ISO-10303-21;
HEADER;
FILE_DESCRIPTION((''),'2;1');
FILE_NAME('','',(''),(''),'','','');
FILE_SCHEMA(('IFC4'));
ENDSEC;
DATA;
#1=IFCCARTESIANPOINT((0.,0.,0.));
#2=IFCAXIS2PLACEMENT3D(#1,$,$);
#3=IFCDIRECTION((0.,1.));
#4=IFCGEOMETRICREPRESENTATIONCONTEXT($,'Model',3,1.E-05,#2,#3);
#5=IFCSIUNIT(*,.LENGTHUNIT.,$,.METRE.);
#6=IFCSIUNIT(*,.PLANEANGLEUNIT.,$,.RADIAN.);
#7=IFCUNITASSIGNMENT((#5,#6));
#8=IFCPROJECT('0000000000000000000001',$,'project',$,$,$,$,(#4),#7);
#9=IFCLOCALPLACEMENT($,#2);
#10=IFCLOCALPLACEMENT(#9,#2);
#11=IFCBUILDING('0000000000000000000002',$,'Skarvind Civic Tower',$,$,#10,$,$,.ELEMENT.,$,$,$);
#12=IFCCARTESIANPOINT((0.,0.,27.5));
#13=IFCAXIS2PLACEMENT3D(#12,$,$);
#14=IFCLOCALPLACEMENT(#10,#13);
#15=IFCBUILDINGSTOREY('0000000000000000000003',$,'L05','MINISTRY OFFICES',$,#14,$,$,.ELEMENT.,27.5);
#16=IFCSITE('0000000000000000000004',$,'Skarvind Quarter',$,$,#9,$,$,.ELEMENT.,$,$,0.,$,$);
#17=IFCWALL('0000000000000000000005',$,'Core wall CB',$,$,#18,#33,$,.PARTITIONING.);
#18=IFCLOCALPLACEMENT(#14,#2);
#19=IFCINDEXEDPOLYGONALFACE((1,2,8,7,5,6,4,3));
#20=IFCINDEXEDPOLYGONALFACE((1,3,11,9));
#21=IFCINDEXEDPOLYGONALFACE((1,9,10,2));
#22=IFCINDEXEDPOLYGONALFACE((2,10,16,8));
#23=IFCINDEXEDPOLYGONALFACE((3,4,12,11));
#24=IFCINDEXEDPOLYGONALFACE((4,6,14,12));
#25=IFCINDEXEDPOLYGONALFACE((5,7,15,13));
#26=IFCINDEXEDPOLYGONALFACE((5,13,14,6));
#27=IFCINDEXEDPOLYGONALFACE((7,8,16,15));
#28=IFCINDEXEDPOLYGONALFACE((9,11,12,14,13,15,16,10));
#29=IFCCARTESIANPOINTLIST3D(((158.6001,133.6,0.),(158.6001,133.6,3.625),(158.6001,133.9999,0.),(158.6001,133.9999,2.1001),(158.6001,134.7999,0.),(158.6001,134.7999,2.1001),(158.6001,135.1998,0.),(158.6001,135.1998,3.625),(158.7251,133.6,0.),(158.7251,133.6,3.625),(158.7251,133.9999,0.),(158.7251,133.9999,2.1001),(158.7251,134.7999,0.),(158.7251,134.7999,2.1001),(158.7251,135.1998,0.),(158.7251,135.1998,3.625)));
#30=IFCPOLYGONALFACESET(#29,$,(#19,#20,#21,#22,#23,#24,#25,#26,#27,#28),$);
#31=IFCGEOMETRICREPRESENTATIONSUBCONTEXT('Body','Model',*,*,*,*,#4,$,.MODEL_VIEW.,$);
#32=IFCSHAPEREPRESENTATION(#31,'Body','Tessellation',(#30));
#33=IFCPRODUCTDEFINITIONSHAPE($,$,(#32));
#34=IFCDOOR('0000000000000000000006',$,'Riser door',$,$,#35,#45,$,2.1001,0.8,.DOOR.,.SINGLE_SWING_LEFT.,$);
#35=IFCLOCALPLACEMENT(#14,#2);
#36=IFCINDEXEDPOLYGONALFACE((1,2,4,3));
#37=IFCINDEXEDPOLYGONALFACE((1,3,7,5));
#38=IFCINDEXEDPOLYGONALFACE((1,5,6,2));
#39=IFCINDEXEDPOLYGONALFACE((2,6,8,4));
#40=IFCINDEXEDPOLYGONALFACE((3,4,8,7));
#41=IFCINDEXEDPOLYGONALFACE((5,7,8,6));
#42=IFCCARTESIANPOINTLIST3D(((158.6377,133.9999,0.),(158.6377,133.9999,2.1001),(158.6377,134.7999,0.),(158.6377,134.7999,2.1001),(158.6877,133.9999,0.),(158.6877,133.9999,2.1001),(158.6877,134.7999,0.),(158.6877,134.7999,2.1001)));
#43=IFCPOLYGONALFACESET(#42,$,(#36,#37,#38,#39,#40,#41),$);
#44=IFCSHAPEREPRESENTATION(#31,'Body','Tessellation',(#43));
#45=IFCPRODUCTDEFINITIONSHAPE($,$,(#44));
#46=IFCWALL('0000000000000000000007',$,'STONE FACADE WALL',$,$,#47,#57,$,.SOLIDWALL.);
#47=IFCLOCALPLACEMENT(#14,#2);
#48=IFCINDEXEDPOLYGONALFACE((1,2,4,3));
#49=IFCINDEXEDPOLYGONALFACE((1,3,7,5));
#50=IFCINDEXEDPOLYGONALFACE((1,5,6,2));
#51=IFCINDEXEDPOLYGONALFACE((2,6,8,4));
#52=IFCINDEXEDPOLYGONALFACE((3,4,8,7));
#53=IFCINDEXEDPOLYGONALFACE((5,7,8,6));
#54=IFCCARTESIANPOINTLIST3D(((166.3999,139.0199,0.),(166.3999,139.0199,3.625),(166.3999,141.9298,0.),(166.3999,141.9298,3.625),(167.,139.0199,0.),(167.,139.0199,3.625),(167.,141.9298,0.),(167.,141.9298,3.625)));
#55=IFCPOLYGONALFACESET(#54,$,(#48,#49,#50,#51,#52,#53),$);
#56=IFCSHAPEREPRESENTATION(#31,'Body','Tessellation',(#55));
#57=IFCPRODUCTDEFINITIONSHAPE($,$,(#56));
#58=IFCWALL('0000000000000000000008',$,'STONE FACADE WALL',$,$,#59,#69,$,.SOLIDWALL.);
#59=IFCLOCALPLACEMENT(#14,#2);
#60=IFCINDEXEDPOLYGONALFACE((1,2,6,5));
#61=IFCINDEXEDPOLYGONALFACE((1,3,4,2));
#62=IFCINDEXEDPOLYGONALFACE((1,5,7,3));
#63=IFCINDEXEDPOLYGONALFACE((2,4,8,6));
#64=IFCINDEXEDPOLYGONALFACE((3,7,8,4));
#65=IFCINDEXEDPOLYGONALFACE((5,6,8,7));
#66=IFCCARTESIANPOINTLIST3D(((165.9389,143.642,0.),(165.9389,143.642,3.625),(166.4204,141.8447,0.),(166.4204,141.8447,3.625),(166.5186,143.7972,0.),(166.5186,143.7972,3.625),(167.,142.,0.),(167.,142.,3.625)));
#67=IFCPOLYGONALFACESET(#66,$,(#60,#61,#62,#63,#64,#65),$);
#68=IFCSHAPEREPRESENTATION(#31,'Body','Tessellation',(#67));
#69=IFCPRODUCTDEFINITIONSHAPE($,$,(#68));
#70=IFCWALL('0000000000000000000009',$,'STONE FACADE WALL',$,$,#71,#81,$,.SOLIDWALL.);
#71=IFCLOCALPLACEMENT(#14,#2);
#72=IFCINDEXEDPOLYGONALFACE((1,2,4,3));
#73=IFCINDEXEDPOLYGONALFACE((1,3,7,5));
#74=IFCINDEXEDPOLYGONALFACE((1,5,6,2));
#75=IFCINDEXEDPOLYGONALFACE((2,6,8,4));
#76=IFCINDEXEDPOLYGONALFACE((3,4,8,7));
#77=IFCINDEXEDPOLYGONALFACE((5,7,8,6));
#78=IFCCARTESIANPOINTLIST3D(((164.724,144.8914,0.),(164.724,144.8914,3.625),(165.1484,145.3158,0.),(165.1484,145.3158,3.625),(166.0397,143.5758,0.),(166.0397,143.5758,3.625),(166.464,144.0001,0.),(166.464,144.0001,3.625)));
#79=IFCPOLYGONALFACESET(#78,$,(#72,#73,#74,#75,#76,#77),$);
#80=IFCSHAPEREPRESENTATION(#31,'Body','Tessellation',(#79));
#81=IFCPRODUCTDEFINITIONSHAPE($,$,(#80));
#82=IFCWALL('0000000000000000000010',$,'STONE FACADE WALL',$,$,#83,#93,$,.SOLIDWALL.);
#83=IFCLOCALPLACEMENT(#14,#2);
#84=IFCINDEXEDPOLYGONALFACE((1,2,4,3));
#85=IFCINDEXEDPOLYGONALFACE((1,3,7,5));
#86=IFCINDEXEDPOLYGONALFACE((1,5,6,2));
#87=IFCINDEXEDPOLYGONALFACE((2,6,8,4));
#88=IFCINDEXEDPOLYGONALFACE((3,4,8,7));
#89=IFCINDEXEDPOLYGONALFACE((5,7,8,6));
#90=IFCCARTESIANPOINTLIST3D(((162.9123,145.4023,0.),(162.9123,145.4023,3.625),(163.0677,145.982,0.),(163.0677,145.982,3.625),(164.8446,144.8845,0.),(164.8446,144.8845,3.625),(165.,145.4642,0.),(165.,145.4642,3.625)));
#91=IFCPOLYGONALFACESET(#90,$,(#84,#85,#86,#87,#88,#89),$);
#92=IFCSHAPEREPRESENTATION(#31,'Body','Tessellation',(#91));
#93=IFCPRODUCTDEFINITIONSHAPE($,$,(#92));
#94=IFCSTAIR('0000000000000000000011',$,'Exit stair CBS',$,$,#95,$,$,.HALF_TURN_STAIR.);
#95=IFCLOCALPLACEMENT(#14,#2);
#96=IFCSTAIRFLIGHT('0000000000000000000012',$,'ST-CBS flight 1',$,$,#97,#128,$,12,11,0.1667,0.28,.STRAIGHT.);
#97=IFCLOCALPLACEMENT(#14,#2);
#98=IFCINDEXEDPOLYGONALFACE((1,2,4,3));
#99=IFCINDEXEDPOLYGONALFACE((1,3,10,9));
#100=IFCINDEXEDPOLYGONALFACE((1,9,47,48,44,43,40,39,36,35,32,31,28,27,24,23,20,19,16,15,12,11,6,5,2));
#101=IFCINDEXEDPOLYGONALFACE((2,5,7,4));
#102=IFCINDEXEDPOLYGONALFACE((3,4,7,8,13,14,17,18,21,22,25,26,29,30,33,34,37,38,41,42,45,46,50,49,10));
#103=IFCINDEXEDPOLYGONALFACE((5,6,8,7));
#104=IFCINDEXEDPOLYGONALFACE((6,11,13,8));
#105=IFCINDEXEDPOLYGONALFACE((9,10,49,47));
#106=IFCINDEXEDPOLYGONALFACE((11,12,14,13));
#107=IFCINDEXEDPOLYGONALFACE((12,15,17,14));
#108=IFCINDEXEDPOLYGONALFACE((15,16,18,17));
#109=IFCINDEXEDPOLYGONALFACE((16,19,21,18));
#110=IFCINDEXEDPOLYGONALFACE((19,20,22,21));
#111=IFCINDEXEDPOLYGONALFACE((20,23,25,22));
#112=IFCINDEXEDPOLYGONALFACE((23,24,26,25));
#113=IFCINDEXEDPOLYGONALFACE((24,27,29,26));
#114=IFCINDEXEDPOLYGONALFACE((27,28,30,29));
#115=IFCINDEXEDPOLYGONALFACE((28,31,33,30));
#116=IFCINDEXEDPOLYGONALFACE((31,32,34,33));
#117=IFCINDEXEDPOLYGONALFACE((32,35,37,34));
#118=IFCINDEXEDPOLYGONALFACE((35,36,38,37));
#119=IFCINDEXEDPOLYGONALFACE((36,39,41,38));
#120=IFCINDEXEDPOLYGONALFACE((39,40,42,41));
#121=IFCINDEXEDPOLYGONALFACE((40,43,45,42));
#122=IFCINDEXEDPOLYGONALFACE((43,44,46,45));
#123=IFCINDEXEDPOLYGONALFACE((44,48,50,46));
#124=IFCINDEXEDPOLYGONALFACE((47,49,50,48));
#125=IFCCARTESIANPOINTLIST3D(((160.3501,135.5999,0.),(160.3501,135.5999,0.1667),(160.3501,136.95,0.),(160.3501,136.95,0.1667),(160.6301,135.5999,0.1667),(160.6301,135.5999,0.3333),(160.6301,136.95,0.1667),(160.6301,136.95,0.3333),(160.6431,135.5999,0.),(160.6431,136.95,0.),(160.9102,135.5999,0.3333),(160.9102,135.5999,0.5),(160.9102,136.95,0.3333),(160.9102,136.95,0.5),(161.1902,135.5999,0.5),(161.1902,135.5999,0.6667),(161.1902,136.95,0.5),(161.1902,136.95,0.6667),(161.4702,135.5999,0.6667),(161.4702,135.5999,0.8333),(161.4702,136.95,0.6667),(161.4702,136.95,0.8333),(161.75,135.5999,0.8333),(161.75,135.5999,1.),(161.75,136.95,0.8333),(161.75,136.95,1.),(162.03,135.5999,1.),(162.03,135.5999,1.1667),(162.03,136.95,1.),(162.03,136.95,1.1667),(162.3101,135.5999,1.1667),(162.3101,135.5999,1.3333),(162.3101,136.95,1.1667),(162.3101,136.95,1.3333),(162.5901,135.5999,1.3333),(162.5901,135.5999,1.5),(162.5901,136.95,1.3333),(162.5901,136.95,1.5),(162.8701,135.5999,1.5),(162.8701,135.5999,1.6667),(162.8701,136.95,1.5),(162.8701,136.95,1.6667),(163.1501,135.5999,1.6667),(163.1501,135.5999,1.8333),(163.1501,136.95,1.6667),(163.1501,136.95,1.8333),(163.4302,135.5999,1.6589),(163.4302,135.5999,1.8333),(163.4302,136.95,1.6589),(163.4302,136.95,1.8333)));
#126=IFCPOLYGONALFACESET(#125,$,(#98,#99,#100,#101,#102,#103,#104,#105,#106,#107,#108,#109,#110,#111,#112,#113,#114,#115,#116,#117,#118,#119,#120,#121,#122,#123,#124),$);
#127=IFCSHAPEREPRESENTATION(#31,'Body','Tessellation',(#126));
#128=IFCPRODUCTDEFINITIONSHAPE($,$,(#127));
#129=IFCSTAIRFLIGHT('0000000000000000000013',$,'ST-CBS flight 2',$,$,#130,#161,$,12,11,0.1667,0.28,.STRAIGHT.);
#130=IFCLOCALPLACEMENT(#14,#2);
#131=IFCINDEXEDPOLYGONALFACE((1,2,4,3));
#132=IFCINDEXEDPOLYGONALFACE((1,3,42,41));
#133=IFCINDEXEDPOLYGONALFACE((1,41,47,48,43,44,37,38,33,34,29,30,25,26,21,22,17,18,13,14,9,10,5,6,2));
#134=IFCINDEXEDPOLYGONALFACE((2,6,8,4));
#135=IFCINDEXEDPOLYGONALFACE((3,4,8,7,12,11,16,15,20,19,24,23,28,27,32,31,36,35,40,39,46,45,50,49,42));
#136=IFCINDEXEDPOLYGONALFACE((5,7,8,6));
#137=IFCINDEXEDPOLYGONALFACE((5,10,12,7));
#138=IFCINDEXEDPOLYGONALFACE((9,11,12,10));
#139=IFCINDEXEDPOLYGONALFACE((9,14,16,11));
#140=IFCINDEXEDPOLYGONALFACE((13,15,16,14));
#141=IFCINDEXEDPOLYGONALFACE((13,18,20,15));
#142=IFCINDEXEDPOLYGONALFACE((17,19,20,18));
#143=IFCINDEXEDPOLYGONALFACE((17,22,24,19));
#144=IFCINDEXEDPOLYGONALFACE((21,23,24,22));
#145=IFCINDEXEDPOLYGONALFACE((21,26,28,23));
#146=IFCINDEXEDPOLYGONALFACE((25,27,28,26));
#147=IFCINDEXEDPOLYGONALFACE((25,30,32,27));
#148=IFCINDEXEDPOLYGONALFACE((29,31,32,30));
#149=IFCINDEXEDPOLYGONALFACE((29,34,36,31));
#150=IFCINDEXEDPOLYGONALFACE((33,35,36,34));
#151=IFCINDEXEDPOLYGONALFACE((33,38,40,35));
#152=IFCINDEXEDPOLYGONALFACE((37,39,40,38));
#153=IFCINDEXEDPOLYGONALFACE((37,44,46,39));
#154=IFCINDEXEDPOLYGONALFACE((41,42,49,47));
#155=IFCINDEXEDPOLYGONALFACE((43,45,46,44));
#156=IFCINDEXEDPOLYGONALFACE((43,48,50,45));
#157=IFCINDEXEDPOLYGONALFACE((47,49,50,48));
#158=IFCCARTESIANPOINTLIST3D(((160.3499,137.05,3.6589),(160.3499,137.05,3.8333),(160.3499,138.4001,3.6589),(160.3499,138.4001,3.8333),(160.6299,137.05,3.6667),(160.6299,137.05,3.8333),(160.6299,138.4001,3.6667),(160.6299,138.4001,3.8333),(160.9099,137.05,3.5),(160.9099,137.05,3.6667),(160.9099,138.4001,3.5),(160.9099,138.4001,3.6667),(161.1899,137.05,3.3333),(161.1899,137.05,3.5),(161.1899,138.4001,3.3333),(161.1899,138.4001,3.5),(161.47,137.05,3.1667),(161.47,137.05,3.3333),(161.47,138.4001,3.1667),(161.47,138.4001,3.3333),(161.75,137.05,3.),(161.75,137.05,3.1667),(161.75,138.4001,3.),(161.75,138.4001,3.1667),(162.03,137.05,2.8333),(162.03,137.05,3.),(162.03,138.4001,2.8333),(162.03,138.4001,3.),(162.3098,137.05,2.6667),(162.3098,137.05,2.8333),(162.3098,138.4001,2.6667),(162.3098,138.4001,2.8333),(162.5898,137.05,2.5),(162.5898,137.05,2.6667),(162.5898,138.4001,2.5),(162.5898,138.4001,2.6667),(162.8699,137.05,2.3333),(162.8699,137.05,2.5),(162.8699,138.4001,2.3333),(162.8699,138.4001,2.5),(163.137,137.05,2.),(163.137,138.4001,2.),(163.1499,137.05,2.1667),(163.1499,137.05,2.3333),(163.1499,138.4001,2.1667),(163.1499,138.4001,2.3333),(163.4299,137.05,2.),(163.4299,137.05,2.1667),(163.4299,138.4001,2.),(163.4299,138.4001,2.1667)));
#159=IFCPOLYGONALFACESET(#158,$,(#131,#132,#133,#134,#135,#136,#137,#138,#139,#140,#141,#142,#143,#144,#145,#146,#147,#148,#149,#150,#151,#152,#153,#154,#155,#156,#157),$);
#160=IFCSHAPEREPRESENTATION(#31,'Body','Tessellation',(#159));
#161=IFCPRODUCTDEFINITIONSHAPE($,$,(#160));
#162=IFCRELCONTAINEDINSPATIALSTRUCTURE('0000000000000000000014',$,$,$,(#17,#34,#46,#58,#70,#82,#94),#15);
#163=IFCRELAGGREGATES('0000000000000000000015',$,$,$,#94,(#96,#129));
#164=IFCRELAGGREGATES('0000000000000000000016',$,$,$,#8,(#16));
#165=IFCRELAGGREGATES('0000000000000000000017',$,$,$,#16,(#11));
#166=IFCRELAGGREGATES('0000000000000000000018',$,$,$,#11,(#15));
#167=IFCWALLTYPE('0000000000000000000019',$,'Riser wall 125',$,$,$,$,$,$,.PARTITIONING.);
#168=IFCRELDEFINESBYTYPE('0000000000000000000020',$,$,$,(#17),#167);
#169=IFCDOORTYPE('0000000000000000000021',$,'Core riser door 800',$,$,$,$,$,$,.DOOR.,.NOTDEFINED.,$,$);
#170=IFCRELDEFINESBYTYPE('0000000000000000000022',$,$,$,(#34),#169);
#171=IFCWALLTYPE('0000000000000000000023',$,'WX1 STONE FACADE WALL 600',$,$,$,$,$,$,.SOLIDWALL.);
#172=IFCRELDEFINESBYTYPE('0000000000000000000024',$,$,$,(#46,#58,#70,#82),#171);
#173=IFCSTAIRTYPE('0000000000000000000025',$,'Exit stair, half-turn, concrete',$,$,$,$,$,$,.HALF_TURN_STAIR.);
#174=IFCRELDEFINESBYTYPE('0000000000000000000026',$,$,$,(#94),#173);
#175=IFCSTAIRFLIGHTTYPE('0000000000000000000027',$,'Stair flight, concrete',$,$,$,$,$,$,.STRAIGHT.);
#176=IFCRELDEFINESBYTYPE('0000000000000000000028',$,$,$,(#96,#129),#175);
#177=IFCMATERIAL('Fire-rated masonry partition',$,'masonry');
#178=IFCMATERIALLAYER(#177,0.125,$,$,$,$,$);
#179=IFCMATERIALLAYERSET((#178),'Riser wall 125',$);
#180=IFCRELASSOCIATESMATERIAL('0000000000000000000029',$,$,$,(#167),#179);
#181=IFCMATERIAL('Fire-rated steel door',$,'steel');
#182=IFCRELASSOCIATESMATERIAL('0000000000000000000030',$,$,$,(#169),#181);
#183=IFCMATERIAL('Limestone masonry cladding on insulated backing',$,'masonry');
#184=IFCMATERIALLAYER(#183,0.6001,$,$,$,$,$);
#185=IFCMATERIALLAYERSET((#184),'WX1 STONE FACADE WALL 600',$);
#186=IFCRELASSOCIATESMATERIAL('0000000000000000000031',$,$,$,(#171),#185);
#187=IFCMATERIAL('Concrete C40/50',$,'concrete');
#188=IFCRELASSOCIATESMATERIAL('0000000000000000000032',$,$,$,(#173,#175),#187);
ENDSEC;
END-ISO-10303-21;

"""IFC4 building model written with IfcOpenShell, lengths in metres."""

from ifc_helpers import new_model, si_unit, direction, frame, frame_2d, origin, place, context, subcontext, project, spatial, polyline, rectangle, outline, extrude, material, layer, layer_set, type_object, element, fill, aggregate, save


model = new_model("IFC4")

# Units and contexts
model_context = context("Model", 3, precision=1e-05, world=origin(), true_north=direction((0.0, 1.0)))
body_context = subcontext(model_context, "Body", "Model", "MODEL_VIEW")
ifc_project = project(units=[si_unit("LENGTHUNIT", "METRE"), si_unit("PLANEANGLEUNIT", "RADIAN")], contexts=[model_context])

# Site, building, storey
site_placement = place(None, origin())
site = spatial("IfcSite", under=ifc_project, at=site_placement, Name="Skarvind Quarter", CompositionType="ELEMENT", RefElevation=0.0)
building_placement = place(site_placement, origin())
building = spatial("IfcBuilding", under=site, at=building_placement, Name="Skarvind Civic Tower", CompositionType="ELEMENT")
storey_placement = place(building_placement, frame((0.0, 0.0, 27.5)))
storey = spatial("IfcBuildingStorey", under=building, at=storey_placement, Name="L05", Description="MINISTRY OFFICES", CompositionType="ELEMENT", Elevation=27.5)

# Shared definitions
ifc_material_1 = material(Name="Fire-rated steel door", Category="steel")

# Wall, opening, door
ifc_material_2 = material(Name="Fire-rated masonry partition", Category="masonry")
ifc_layer_1 = layer(ifc_material_2, 0.125)
ifc_layer_set_1 = layer_set([ifc_layer_1], Name="Riser wall 125")
wall_type_1 = type_object("IfcWallType", Name="Riser wall 125", PredefinedType="PARTITIONING", material=ifc_layer_set_1)
wall_1_placement = place(storey_placement, frame((158.6626, 133.6001, 0.0), z_axis=(0.0, 0.0, 1.0), x_axis=(0.0, 1.0, 0.0)))
wall_1 = element("IfcWall", 1, at=wall_1_placement, inside=storey, type_object=wall_type_1, Name="Core wall CB", PredefinedType="PARTITIONING", context=body_context, shape_type="SweptSolid", body=[
    extrude(rectangle(XDim=1.5999, YDim=0.125, at=frame_2d((0.7998, 0.0))), origin(), (0.0, 0.0, 1.0), 3.625),
])
opening_1_placement = place(wall_1_placement, frame((0.3999, 0.0, 0.0)))
opening_1 = element("IfcOpeningElement", 2, at=opening_1_placement, cuts=wall_1, PredefinedType="OPENING", context=body_context, shape_type="SweptSolid", body=[
    extrude(rectangle(XDim=0.8, YDim=2.1001, at=frame_2d((0.3999, 1.05))), frame((0.0, 0.0725, 0.0), z_axis=(0.0, -1.0, 0.0), x_axis=(1.0, 0.0, 0.0)), (0.0, 0.0, 1.0), 0.145),
])
door_type_1 = type_object("IfcDoorType", Name="Core riser door 800", OperationType="NOTDEFINED", PredefinedType="DOOR", material=ifc_material_1)
door_1_placement = place(opening_1_placement, origin())
door_1 = element("IfcDoor", 3, at=door_1_placement, inside=storey, type_object=door_type_1, Name="Riser door", OperationType="SINGLE_SWING_LEFT", OverallHeight=2.1001, OverallWidth=0.8, PredefinedType="DOOR", context=body_context, shape_type="SweptSolid", body=[
    extrude(rectangle(XDim=0.8, YDim=2.1001, at=frame_2d((0.3999, 1.05))), frame((0.0, 0.0249, 0.0), z_axis=(0.0, -1.0, 0.0), x_axis=(1.0, 0.0, 0.0)), (0.0, 0.0, 1.0), 0.05),
])
fill(opening_1, door_1)

# Walls
ifc_material_3 = material(Name="Limestone masonry cladding on insulated backing", Category="masonry")
ifc_layer_2 = layer(ifc_material_3, 0.6001)
ifc_layer_set_2 = layer_set([ifc_layer_2], Name="WX1 STONE FACADE WALL 600")
wall_type_2 = type_object("IfcWallType", Name="WX1 STONE FACADE WALL 600", PredefinedType="SOLIDWALL", material=ifc_layer_set_2)
wall_2_placement = place(storey_placement, frame((166.7, 141.9299, 0.0), z_axis=(0.0, 0.0, 1.0), x_axis=(0.0, -1.0, 0.0)))
element("IfcWall", 4, at=wall_2_placement, inside=storey, type_object=wall_type_2, Name="STONE FACADE WALL", PredefinedType="SOLIDWALL", context=body_context, shape_type="SweptSolid", body=[
    extrude(rectangle(XDim=2.9099, YDim=0.6001, at=frame_2d((1.4551, 0.0))), origin(), (0.0, 0.0, 1.0), 3.625),
])
for number, where, z_axis, x_axis, name in (
    (5, (166.2288, 143.7195, 0.0), (0.0, 0.0, 1.0), (0.258773, -0.965938, 0.0), "STONE FACADE WALL"),
    (6, (164.9363, 145.1035, 0.0), (0.0, 0.0, 1.0), (0.707107, -0.707107, 0.0), "STONE FACADE WALL"),
):
    element("IfcWall", number, at=place(storey_placement, frame(where, z_axis=z_axis, x_axis=x_axis)), inside=storey, type_object=wall_type_2, Name=name, PredefinedType="SOLIDWALL", context=body_context, shape_type="SweptSolid", body=[
        extrude(rectangle(XDim=1.8606, YDim=0.6001, at=frame_2d((0.9302, 0.0))), origin(), (0.0, 0.0, 1.0), 3.625),
    ])
wall_3_placement = place(storey_placement, frame((162.99, 145.6921, 0.0), z_axis=(0.0, 0.0, 1.0), x_axis=(0.96592, -0.25884, 0.0)))
element("IfcWall", 7, at=wall_3_placement, inside=storey, type_object=wall_type_2, Name="STONE FACADE WALL", PredefinedType="SOLIDWALL", context=body_context, shape_type="SweptSolid", body=[
    extrude(rectangle(XDim=2.0005, YDim=0.6001, at=frame_2d((1.0002, 0.0))), origin(), (0.0, 0.0, 1.0), 3.625),
])

# Stair, stair flights
ifc_material_4 = material(Name="Concrete C40/50", Category="concrete")
stair_type = type_object("IfcStairType", Name="Exit stair, half-turn, concrete", PredefinedType="HALF_TURN_STAIR", material=ifc_material_4)
stair_placement = place(storey_placement, origin())
stair = element("IfcStair", 8, at=stair_placement, inside=storey, type_object=stair_type, Name="Exit stair CBS", PredefinedType="HALF_TURN_STAIR")
stair_flight_type = type_object("IfcStairFlightType", Name="Stair flight, concrete", PredefinedType="STRAIGHT", material=ifc_material_4)
stair_flight_1_placement = place(storey_placement, frame((160.3501, 136.2749, 0.0), z_axis=(0.0, 0.0, 1.0), x_axis=(1.0, 0.0, 0.0)))
stair_flight_1 = element("IfcStairFlight", 9, at=stair_flight_1_placement, type_object=stair_flight_type, Name="ST-CBS flight 1", NumberOfRisers=12, NumberOfTreads=11, PredefinedType="STRAIGHT", RiserHeight=0.1667, TreadLength=0.28, context=body_context, shape_type="SweptSolid", body=[
    extrude(outline(polyline([(0.0, 0.0), (0.0, 0.1667), (0.28, 0.1667), (0.28, 0.3333), (0.5601, 0.3333), (0.5601, 0.5), (0.8401, 0.5), (0.8401, 0.6667), (1.1201, 0.6667), (1.1201, 0.8333), (1.3999, 0.8333), (1.3999, 1.0), (1.6799, 1.0), (1.6799, 1.1667), (1.96, 1.1667), (1.96, 1.3333), (2.24, 1.3333), (2.24, 1.5), (2.52, 1.5), (2.52, 1.6667), (2.8, 1.6667), (2.8, 1.8333), (3.0801, 1.8333), (3.0801, 2.0), (3.0801, 1.6589), (0.293, 0.0), (0.0, 0.0)])), frame((0.0, 0.675, 0.0), z_axis=(0.0, -1.0, 0.0), x_axis=(1.0, 0.0, 0.0)), (0.0, 0.0, 1.0), 1.3501),
])
stair_flight_2_placement = place(storey_placement, frame((163.4299, 137.7251, 2.0), z_axis=(0.0, 0.0, 1.0), x_axis=(-1.0, 0.0, 0.0)))
stair_flight_2 = element("IfcStairFlight", 10, at=stair_flight_2_placement, type_object=stair_flight_type, Name="ST-CBS flight 2", NumberOfRisers=12, NumberOfTreads=11, PredefinedType="STRAIGHT", RiserHeight=0.1667, TreadLength=0.28, context=body_context, shape_type="SweptSolid", body=[
    extrude(outline(polyline([(0.0, 0.0), (0.0, 0.1667), (0.28, 0.1667), (0.28, 0.3333), (0.5601, 0.3333), (0.5601, 0.5), (0.8401, 0.5), (0.8401, 0.6667), (1.1201, 0.6667), (1.1201, 0.8333), (1.3999, 0.8333), (1.3999, 1.0), (1.6799, 1.0), (1.6799, 1.1667), (1.96, 1.1667), (1.96, 1.3333), (2.24, 1.3333), (2.24, 1.5), (2.52, 1.5), (2.52, 1.6667), (2.8, 1.6667), (2.8, 1.8333), (3.0801, 1.8333), (3.0801, 2.0), (3.0801, 1.6589), (0.293, 0.0), (0.0, 0.0)])), frame((0.0, 0.675, 0.0), z_axis=(0.0, -1.0, 0.0), x_axis=(1.0, 0.0, 0.0)), (0.0, 0.0, 1.0), 1.3501),
])
aggregate(stair, [stair_flight_1, stair_flight_2])

save(model, "model.ifc")
